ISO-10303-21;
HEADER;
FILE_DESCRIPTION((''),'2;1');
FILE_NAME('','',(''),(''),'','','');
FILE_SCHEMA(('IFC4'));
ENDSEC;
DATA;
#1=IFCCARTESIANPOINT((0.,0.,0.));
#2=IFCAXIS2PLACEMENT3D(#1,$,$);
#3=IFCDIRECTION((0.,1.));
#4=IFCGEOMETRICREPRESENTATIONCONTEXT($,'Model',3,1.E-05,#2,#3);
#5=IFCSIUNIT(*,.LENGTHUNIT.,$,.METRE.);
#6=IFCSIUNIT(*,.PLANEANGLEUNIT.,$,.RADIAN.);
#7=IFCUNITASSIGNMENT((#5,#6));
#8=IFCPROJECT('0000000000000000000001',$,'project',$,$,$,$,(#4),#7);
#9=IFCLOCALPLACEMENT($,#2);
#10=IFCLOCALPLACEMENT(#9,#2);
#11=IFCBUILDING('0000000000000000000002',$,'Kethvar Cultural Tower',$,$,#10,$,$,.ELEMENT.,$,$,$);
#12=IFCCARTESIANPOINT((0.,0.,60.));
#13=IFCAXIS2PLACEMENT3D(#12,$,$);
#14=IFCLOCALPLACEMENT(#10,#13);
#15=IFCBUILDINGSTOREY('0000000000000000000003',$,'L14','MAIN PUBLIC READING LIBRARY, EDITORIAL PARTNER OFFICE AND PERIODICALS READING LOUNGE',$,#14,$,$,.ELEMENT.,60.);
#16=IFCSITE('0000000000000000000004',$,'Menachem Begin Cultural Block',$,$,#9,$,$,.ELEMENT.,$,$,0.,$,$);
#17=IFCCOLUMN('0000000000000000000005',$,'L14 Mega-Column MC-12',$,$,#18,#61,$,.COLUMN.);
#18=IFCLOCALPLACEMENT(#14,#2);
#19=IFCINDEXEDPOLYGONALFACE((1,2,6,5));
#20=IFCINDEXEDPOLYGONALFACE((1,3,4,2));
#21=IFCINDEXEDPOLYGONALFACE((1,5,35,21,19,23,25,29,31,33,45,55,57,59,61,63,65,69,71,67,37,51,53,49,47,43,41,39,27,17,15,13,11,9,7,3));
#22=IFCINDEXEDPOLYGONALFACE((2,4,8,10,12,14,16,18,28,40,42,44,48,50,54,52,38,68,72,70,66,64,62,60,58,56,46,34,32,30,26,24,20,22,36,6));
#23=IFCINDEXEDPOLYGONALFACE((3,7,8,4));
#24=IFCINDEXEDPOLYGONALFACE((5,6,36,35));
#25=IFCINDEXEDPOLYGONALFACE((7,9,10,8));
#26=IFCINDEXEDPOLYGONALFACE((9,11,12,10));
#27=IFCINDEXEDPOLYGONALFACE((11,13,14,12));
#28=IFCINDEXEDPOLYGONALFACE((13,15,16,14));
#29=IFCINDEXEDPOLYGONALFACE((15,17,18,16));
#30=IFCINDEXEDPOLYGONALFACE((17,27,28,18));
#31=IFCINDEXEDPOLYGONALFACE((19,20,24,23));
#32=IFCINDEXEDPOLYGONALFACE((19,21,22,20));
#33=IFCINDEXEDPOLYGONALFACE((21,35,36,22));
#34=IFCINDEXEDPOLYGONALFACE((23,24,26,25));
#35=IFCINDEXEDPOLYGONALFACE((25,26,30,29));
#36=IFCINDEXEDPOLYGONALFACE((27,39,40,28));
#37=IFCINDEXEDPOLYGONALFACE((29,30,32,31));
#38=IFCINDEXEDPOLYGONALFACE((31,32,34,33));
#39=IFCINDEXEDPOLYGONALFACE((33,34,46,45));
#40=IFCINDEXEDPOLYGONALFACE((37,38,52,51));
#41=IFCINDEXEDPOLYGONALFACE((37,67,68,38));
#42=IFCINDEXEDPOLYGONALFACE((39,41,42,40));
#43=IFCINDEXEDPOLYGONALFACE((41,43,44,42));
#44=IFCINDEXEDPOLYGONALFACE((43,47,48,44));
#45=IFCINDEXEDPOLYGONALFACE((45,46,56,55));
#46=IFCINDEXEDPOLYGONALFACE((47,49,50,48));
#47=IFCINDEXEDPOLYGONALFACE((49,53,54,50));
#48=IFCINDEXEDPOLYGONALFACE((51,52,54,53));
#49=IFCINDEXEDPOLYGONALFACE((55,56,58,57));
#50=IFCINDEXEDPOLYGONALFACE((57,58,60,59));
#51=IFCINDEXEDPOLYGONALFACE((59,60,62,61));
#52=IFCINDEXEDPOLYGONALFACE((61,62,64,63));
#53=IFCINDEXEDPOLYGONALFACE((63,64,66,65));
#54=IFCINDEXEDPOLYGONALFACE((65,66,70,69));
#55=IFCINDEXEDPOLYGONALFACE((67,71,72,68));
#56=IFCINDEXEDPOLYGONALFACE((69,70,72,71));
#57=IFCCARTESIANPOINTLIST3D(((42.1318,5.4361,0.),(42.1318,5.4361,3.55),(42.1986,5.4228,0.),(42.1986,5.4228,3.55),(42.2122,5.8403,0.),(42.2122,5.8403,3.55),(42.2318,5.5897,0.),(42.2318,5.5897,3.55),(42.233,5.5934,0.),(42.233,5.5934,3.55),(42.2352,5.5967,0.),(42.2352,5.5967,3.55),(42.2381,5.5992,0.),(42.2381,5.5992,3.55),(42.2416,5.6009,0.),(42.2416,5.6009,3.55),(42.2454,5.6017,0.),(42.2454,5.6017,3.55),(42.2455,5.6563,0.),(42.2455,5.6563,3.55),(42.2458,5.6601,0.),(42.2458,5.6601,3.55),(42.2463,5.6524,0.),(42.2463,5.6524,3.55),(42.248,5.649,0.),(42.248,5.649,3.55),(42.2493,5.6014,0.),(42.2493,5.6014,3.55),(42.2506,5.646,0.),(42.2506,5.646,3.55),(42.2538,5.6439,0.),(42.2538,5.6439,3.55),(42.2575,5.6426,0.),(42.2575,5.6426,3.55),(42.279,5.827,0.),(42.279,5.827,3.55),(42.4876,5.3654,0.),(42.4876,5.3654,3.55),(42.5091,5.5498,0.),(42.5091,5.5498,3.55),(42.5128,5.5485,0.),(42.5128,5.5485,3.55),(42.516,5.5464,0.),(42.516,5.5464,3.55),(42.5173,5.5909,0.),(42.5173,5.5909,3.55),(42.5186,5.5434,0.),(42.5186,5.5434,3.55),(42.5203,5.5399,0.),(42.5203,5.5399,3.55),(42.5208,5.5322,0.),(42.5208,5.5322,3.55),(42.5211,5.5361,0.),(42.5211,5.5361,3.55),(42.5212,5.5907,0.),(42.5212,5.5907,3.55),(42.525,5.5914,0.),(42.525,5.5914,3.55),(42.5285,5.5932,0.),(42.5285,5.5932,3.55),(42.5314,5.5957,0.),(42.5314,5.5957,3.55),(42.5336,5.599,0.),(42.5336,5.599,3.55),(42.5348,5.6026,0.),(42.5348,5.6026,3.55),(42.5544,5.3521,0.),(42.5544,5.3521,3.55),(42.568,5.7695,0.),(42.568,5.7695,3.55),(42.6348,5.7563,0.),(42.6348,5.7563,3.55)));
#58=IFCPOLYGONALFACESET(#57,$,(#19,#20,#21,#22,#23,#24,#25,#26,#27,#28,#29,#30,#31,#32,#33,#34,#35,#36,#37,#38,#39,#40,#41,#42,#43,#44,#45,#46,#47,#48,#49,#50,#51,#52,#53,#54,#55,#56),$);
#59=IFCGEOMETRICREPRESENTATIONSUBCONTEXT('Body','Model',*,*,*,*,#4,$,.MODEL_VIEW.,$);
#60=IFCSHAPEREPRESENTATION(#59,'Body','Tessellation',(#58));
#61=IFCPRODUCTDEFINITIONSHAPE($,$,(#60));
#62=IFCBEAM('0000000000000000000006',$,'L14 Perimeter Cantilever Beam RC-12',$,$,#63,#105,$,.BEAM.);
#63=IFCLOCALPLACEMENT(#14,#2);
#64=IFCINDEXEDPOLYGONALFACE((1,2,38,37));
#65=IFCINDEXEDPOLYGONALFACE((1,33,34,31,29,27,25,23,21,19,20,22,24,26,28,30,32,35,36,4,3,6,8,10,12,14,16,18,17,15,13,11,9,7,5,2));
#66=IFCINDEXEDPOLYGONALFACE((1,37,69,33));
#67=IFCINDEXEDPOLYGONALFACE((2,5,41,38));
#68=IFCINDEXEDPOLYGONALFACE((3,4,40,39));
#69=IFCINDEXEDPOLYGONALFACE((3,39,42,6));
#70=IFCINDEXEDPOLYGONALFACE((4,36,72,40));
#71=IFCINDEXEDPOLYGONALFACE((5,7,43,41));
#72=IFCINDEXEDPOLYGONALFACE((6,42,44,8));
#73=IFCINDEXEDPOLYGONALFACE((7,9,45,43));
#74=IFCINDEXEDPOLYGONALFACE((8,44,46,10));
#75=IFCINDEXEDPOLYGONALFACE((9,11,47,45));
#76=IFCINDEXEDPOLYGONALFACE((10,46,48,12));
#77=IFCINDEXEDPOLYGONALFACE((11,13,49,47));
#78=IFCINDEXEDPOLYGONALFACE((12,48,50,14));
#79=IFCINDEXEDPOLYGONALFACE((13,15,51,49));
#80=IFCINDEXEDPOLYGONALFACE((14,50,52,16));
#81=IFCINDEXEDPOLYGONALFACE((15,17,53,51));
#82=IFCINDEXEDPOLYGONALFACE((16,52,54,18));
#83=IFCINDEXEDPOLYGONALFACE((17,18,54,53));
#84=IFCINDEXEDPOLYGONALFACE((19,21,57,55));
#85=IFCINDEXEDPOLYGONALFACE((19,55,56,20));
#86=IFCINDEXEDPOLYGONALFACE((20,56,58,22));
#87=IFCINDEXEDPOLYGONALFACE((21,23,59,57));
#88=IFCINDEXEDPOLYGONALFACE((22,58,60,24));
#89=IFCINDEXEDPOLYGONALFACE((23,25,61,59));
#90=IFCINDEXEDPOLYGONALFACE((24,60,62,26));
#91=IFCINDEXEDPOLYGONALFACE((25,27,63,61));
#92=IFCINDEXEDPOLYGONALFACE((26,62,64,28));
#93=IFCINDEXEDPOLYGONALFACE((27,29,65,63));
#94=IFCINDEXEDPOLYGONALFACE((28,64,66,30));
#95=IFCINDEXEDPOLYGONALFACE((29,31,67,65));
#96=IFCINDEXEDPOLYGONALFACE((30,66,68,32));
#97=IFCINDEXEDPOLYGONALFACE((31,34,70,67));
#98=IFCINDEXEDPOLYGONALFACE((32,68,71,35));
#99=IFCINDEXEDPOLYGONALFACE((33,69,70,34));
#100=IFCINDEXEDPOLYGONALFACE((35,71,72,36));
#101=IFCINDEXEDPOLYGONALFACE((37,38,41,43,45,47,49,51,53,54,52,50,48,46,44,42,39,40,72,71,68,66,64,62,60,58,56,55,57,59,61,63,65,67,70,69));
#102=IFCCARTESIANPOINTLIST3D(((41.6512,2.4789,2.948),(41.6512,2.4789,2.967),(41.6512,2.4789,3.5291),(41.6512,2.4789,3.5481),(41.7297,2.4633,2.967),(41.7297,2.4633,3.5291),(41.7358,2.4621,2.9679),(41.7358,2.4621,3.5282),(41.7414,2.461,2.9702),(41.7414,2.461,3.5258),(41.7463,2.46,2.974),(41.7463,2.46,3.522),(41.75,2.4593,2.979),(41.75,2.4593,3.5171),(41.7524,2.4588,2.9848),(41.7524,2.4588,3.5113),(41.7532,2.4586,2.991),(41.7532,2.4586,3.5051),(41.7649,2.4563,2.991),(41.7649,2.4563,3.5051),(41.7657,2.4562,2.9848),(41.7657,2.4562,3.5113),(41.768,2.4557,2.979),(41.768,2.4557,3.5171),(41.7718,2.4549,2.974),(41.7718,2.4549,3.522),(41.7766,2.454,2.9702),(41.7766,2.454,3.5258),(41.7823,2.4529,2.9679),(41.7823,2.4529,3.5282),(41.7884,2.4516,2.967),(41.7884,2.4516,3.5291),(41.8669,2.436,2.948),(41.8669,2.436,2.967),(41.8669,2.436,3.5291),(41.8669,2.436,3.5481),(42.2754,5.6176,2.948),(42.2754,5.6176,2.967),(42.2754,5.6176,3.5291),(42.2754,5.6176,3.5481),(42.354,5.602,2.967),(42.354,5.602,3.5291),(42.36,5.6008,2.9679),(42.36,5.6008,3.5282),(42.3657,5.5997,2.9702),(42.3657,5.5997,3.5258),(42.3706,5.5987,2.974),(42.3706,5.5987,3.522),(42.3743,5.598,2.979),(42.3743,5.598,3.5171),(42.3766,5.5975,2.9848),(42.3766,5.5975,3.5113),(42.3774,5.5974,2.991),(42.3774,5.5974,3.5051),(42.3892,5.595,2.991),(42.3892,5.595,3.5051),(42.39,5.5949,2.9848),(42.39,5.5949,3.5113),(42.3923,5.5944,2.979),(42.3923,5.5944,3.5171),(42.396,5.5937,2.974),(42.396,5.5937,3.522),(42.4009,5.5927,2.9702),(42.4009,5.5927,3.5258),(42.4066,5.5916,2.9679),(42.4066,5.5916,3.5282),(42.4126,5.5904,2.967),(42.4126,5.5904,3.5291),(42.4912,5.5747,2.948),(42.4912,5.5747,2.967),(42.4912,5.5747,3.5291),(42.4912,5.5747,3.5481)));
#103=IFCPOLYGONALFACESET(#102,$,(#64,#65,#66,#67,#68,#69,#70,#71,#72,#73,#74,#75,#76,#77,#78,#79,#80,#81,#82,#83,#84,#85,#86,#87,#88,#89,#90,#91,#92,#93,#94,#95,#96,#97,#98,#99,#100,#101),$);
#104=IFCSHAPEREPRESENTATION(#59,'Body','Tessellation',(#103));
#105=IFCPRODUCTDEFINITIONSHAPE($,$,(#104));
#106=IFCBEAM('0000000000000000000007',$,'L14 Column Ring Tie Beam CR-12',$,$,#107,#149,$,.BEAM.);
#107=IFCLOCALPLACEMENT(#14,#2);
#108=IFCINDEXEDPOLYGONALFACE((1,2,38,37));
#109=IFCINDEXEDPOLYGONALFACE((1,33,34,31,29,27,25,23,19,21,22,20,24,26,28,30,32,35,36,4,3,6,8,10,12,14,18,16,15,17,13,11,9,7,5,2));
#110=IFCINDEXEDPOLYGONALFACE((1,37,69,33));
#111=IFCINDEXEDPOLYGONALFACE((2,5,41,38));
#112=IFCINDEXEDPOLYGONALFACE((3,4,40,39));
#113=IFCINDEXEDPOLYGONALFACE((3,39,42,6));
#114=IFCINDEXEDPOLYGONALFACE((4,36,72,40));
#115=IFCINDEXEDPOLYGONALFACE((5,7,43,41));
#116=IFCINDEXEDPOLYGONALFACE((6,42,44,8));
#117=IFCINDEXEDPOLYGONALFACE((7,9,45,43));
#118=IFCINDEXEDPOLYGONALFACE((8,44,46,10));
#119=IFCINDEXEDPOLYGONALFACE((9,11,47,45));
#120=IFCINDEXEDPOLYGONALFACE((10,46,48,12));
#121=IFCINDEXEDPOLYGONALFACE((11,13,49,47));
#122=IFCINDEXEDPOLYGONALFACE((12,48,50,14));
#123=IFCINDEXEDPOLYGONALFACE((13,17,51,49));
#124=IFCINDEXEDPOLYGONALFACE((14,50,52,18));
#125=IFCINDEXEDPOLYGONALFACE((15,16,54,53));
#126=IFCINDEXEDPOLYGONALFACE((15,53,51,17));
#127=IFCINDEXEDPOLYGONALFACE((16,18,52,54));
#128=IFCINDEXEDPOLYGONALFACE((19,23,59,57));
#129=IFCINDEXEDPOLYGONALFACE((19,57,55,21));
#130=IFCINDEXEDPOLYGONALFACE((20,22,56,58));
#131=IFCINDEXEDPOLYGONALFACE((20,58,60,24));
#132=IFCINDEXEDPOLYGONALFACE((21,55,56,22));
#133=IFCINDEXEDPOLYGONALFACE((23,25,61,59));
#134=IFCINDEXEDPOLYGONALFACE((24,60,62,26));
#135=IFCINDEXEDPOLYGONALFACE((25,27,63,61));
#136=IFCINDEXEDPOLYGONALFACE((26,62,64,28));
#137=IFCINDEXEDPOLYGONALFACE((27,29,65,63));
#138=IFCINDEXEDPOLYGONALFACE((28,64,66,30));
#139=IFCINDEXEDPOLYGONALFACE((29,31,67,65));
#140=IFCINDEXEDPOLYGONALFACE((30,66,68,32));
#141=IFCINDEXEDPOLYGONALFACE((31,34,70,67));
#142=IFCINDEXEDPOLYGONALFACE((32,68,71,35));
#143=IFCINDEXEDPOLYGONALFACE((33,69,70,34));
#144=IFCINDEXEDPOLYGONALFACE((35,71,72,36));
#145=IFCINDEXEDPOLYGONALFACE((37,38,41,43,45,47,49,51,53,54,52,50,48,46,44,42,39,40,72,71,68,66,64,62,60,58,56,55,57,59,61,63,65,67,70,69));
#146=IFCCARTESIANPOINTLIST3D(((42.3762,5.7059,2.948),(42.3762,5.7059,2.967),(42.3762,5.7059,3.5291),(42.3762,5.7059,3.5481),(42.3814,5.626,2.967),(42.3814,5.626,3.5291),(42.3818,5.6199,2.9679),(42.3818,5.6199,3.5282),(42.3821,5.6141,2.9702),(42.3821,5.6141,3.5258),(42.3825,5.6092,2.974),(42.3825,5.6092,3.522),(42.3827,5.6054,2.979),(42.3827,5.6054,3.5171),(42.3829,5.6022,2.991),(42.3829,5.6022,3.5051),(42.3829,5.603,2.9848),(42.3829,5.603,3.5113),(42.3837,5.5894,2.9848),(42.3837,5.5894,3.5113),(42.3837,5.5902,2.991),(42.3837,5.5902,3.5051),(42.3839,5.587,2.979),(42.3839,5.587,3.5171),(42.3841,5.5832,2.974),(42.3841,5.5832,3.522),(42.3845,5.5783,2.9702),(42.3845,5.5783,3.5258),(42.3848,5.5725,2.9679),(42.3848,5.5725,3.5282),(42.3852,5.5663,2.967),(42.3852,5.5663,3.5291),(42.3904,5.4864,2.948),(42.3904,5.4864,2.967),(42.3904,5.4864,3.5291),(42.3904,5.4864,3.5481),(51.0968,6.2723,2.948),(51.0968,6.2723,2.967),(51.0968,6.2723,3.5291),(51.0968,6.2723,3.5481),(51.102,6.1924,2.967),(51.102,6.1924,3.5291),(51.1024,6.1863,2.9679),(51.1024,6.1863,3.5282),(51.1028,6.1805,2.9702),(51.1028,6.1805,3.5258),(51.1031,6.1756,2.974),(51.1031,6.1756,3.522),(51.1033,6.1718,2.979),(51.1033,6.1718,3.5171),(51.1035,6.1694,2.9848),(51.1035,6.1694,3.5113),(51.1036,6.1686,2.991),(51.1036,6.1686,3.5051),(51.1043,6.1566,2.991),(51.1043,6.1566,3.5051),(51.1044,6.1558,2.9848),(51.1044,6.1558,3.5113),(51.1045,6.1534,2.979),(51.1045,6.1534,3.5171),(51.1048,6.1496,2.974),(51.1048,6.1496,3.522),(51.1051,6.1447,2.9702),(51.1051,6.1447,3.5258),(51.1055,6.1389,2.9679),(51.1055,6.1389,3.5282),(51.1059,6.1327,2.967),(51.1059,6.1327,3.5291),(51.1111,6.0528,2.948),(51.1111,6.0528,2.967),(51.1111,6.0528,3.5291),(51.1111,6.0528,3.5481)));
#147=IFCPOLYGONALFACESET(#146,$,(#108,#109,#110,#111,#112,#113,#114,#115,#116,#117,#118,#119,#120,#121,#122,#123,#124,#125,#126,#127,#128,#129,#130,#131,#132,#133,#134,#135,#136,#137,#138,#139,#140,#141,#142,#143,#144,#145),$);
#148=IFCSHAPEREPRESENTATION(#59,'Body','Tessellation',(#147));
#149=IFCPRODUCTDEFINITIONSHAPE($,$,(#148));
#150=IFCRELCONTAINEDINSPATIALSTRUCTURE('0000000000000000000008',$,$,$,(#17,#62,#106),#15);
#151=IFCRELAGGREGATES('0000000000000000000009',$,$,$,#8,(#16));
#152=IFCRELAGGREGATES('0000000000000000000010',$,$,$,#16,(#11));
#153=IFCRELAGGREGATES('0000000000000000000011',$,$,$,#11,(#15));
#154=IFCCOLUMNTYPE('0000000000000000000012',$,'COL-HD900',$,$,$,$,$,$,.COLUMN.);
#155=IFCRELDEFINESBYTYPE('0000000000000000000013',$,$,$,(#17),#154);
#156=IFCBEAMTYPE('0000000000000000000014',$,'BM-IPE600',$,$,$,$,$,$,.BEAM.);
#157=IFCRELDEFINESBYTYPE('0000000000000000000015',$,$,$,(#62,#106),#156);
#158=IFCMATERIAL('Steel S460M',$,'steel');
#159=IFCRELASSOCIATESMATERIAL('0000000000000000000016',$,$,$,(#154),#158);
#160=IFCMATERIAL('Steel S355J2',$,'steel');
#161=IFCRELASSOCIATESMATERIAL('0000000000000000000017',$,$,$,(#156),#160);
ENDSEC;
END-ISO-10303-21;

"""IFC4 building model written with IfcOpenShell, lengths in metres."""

from ifc_helpers import new_model, si_unit, direction, frame, origin, origin_2d, place, context, subcontext, project, spatial, i_section, extrude, source, transform, mapped, material, material_profile, profile_set, type_object, element, save


model = new_model("IFC4")

# Units and contexts
model_context = context("Model", 3, precision=1e-05, world=origin(), true_north=direction((0.0, 1.0)))
body_context = subcontext(model_context, "Body", "Model", "MODEL_VIEW")
ifc_project = project(units=[si_unit("LENGTHUNIT", "METRE"), si_unit("PLANEANGLEUNIT", "RADIAN")], contexts=[model_context])

# Site, building, storey
site_placement = place(None, origin())
site = spatial("IfcSite", under=ifc_project, at=site_placement, Name="Menachem Begin Cultural Block", CompositionType="ELEMENT", RefElevation=0.0)
building_placement = place(site_placement, origin())
building = spatial("IfcBuilding", under=site, at=building_placement, Name="Kethvar Cultural Tower", CompositionType="ELEMENT")
storey_placement = place(building_placement, frame((0.0, 0.0, 60.0)))
storey = spatial("IfcBuildingStorey", under=building, at=storey_placement, Name="L14", Description="MAIN PUBLIC READING LIBRARY, EDITORIAL PARTNER OFFICE AND PERIODICALS READING LOUNGE", CompositionType="ELEMENT", Elevation=60.0)

# Column
ifc_material_1 = material(Name="Steel S460M", Category="steel")
ifc_material_profile_1 = material_profile(ifc_material_1, i_section(OverallWidth=0.4121, OverallDepth=0.4309, WebThickness=0.042, FlangeThickness=0.0681, FilletRadius=0.0149, at=origin_2d()), Name="Steel S460M — HD400x900")
ifc_profile_set_1 = profile_set([ifc_material_profile_1], Name="Steel S460M — HD400x900")
column_type = type_object("IfcColumnType", Name="COL-HD900", PredefinedType="COLUMN", material=ifc_profile_set_1)
shared_shape_1 = source(origin(), body_context, "Body", "SweptSolid", [
    extrude(i_section(OverallWidth=0.4121, OverallDepth=0.4309, WebThickness=0.042, FlangeThickness=0.0681, FilletRadius=0.0149, at=origin_2d()), origin(), (0.0, 0.0, 1.0), 3.55),
])
column_placement = place(storey_placement, frame((42.3833, 5.5962, 0.0), z_axis=(0.0, 0.0, 1.0), x_axis=(-0.19509, -0.980785, 0.0)))
element("IfcColumn", 1, at=column_placement, inside=storey, type_object=column_type, Name="L14 Mega-Column MC-12", PredefinedType="COLUMN", context=body_context, shape_type="MappedRepresentation", body=[
    mapped(shared_shape_1, transform((0.0, 0.0, 0.0), scale=1.0)),
])

# Beams
ifc_material_2 = material(Name="Steel S355J2", Category="steel")
ifc_material_profile_2 = material_profile(ifc_material_2, i_section(OverallWidth=0.22, OverallDepth=0.6001, WebThickness=0.012, FlangeThickness=0.019, FilletRadius=0.0239, at=origin_2d()), Name="Steel S355J2 — IPE600")
ifc_profile_set_2 = profile_set([ifc_material_profile_2], Name="Steel S355J2 — IPE600")
beam_type_1 = type_object("IfcBeamType", Name="BM-IPE600", PredefinedType="BEAM", material=ifc_profile_set_2)
shared_shape_2 = source(origin(), body_context, "Body", "SweptSolid", [
    extrude(i_section(OverallWidth=0.22, OverallDepth=0.6001, WebThickness=0.012, FlangeThickness=0.019, FilletRadius=0.0239, at=origin_2d()), origin(), (0.0, 0.0, 1.0), 3.2002),
])
beam_1_placement = place(storey_placement, frame((42.3833, 5.5962, 3.248), z_axis=(-0.195074, -0.980788, 0.0), x_axis=(0.980788, -0.195074, 0.0)))
element("IfcBeam", 2, at=beam_1_placement, inside=storey, type_object=beam_type_1, Name="L14 Perimeter Cantilever Beam RC-12", PredefinedType="BEAM", context=body_context, shape_type="MappedRepresentation", body=[
    mapped(shared_shape_2, transform((0.0, 0.0, 0.0), scale=1.0)),
])
shared_shape_3 = source(origin(), body_context, "Body", "SweptSolid", [
    extrude(i_section(OverallWidth=0.22, OverallDepth=0.6001, WebThickness=0.012, FlangeThickness=0.019, FilletRadius=0.0239, at=origin_2d()), origin(), (0.0, 0.0, 1.0), 8.739),
])
beam_2_placement = place(storey_placement, frame((42.3833, 5.5962, 3.248), z_axis=(0.997897, 0.064813, 0.0), x_axis=(-0.064813, 0.997897, 0.0)))
element("IfcBeam", 3, at=beam_2_placement, inside=storey, type_object=beam_type_1, Name="L14 Column Ring Tie Beam CR-12", PredefinedType="BEAM", context=body_context, shape_type="MappedRepresentation", body=[
    mapped(shared_shape_3, transform((0.0, 0.0, 0.0), scale=1.0)),
])

save(model, "model.ifc")
